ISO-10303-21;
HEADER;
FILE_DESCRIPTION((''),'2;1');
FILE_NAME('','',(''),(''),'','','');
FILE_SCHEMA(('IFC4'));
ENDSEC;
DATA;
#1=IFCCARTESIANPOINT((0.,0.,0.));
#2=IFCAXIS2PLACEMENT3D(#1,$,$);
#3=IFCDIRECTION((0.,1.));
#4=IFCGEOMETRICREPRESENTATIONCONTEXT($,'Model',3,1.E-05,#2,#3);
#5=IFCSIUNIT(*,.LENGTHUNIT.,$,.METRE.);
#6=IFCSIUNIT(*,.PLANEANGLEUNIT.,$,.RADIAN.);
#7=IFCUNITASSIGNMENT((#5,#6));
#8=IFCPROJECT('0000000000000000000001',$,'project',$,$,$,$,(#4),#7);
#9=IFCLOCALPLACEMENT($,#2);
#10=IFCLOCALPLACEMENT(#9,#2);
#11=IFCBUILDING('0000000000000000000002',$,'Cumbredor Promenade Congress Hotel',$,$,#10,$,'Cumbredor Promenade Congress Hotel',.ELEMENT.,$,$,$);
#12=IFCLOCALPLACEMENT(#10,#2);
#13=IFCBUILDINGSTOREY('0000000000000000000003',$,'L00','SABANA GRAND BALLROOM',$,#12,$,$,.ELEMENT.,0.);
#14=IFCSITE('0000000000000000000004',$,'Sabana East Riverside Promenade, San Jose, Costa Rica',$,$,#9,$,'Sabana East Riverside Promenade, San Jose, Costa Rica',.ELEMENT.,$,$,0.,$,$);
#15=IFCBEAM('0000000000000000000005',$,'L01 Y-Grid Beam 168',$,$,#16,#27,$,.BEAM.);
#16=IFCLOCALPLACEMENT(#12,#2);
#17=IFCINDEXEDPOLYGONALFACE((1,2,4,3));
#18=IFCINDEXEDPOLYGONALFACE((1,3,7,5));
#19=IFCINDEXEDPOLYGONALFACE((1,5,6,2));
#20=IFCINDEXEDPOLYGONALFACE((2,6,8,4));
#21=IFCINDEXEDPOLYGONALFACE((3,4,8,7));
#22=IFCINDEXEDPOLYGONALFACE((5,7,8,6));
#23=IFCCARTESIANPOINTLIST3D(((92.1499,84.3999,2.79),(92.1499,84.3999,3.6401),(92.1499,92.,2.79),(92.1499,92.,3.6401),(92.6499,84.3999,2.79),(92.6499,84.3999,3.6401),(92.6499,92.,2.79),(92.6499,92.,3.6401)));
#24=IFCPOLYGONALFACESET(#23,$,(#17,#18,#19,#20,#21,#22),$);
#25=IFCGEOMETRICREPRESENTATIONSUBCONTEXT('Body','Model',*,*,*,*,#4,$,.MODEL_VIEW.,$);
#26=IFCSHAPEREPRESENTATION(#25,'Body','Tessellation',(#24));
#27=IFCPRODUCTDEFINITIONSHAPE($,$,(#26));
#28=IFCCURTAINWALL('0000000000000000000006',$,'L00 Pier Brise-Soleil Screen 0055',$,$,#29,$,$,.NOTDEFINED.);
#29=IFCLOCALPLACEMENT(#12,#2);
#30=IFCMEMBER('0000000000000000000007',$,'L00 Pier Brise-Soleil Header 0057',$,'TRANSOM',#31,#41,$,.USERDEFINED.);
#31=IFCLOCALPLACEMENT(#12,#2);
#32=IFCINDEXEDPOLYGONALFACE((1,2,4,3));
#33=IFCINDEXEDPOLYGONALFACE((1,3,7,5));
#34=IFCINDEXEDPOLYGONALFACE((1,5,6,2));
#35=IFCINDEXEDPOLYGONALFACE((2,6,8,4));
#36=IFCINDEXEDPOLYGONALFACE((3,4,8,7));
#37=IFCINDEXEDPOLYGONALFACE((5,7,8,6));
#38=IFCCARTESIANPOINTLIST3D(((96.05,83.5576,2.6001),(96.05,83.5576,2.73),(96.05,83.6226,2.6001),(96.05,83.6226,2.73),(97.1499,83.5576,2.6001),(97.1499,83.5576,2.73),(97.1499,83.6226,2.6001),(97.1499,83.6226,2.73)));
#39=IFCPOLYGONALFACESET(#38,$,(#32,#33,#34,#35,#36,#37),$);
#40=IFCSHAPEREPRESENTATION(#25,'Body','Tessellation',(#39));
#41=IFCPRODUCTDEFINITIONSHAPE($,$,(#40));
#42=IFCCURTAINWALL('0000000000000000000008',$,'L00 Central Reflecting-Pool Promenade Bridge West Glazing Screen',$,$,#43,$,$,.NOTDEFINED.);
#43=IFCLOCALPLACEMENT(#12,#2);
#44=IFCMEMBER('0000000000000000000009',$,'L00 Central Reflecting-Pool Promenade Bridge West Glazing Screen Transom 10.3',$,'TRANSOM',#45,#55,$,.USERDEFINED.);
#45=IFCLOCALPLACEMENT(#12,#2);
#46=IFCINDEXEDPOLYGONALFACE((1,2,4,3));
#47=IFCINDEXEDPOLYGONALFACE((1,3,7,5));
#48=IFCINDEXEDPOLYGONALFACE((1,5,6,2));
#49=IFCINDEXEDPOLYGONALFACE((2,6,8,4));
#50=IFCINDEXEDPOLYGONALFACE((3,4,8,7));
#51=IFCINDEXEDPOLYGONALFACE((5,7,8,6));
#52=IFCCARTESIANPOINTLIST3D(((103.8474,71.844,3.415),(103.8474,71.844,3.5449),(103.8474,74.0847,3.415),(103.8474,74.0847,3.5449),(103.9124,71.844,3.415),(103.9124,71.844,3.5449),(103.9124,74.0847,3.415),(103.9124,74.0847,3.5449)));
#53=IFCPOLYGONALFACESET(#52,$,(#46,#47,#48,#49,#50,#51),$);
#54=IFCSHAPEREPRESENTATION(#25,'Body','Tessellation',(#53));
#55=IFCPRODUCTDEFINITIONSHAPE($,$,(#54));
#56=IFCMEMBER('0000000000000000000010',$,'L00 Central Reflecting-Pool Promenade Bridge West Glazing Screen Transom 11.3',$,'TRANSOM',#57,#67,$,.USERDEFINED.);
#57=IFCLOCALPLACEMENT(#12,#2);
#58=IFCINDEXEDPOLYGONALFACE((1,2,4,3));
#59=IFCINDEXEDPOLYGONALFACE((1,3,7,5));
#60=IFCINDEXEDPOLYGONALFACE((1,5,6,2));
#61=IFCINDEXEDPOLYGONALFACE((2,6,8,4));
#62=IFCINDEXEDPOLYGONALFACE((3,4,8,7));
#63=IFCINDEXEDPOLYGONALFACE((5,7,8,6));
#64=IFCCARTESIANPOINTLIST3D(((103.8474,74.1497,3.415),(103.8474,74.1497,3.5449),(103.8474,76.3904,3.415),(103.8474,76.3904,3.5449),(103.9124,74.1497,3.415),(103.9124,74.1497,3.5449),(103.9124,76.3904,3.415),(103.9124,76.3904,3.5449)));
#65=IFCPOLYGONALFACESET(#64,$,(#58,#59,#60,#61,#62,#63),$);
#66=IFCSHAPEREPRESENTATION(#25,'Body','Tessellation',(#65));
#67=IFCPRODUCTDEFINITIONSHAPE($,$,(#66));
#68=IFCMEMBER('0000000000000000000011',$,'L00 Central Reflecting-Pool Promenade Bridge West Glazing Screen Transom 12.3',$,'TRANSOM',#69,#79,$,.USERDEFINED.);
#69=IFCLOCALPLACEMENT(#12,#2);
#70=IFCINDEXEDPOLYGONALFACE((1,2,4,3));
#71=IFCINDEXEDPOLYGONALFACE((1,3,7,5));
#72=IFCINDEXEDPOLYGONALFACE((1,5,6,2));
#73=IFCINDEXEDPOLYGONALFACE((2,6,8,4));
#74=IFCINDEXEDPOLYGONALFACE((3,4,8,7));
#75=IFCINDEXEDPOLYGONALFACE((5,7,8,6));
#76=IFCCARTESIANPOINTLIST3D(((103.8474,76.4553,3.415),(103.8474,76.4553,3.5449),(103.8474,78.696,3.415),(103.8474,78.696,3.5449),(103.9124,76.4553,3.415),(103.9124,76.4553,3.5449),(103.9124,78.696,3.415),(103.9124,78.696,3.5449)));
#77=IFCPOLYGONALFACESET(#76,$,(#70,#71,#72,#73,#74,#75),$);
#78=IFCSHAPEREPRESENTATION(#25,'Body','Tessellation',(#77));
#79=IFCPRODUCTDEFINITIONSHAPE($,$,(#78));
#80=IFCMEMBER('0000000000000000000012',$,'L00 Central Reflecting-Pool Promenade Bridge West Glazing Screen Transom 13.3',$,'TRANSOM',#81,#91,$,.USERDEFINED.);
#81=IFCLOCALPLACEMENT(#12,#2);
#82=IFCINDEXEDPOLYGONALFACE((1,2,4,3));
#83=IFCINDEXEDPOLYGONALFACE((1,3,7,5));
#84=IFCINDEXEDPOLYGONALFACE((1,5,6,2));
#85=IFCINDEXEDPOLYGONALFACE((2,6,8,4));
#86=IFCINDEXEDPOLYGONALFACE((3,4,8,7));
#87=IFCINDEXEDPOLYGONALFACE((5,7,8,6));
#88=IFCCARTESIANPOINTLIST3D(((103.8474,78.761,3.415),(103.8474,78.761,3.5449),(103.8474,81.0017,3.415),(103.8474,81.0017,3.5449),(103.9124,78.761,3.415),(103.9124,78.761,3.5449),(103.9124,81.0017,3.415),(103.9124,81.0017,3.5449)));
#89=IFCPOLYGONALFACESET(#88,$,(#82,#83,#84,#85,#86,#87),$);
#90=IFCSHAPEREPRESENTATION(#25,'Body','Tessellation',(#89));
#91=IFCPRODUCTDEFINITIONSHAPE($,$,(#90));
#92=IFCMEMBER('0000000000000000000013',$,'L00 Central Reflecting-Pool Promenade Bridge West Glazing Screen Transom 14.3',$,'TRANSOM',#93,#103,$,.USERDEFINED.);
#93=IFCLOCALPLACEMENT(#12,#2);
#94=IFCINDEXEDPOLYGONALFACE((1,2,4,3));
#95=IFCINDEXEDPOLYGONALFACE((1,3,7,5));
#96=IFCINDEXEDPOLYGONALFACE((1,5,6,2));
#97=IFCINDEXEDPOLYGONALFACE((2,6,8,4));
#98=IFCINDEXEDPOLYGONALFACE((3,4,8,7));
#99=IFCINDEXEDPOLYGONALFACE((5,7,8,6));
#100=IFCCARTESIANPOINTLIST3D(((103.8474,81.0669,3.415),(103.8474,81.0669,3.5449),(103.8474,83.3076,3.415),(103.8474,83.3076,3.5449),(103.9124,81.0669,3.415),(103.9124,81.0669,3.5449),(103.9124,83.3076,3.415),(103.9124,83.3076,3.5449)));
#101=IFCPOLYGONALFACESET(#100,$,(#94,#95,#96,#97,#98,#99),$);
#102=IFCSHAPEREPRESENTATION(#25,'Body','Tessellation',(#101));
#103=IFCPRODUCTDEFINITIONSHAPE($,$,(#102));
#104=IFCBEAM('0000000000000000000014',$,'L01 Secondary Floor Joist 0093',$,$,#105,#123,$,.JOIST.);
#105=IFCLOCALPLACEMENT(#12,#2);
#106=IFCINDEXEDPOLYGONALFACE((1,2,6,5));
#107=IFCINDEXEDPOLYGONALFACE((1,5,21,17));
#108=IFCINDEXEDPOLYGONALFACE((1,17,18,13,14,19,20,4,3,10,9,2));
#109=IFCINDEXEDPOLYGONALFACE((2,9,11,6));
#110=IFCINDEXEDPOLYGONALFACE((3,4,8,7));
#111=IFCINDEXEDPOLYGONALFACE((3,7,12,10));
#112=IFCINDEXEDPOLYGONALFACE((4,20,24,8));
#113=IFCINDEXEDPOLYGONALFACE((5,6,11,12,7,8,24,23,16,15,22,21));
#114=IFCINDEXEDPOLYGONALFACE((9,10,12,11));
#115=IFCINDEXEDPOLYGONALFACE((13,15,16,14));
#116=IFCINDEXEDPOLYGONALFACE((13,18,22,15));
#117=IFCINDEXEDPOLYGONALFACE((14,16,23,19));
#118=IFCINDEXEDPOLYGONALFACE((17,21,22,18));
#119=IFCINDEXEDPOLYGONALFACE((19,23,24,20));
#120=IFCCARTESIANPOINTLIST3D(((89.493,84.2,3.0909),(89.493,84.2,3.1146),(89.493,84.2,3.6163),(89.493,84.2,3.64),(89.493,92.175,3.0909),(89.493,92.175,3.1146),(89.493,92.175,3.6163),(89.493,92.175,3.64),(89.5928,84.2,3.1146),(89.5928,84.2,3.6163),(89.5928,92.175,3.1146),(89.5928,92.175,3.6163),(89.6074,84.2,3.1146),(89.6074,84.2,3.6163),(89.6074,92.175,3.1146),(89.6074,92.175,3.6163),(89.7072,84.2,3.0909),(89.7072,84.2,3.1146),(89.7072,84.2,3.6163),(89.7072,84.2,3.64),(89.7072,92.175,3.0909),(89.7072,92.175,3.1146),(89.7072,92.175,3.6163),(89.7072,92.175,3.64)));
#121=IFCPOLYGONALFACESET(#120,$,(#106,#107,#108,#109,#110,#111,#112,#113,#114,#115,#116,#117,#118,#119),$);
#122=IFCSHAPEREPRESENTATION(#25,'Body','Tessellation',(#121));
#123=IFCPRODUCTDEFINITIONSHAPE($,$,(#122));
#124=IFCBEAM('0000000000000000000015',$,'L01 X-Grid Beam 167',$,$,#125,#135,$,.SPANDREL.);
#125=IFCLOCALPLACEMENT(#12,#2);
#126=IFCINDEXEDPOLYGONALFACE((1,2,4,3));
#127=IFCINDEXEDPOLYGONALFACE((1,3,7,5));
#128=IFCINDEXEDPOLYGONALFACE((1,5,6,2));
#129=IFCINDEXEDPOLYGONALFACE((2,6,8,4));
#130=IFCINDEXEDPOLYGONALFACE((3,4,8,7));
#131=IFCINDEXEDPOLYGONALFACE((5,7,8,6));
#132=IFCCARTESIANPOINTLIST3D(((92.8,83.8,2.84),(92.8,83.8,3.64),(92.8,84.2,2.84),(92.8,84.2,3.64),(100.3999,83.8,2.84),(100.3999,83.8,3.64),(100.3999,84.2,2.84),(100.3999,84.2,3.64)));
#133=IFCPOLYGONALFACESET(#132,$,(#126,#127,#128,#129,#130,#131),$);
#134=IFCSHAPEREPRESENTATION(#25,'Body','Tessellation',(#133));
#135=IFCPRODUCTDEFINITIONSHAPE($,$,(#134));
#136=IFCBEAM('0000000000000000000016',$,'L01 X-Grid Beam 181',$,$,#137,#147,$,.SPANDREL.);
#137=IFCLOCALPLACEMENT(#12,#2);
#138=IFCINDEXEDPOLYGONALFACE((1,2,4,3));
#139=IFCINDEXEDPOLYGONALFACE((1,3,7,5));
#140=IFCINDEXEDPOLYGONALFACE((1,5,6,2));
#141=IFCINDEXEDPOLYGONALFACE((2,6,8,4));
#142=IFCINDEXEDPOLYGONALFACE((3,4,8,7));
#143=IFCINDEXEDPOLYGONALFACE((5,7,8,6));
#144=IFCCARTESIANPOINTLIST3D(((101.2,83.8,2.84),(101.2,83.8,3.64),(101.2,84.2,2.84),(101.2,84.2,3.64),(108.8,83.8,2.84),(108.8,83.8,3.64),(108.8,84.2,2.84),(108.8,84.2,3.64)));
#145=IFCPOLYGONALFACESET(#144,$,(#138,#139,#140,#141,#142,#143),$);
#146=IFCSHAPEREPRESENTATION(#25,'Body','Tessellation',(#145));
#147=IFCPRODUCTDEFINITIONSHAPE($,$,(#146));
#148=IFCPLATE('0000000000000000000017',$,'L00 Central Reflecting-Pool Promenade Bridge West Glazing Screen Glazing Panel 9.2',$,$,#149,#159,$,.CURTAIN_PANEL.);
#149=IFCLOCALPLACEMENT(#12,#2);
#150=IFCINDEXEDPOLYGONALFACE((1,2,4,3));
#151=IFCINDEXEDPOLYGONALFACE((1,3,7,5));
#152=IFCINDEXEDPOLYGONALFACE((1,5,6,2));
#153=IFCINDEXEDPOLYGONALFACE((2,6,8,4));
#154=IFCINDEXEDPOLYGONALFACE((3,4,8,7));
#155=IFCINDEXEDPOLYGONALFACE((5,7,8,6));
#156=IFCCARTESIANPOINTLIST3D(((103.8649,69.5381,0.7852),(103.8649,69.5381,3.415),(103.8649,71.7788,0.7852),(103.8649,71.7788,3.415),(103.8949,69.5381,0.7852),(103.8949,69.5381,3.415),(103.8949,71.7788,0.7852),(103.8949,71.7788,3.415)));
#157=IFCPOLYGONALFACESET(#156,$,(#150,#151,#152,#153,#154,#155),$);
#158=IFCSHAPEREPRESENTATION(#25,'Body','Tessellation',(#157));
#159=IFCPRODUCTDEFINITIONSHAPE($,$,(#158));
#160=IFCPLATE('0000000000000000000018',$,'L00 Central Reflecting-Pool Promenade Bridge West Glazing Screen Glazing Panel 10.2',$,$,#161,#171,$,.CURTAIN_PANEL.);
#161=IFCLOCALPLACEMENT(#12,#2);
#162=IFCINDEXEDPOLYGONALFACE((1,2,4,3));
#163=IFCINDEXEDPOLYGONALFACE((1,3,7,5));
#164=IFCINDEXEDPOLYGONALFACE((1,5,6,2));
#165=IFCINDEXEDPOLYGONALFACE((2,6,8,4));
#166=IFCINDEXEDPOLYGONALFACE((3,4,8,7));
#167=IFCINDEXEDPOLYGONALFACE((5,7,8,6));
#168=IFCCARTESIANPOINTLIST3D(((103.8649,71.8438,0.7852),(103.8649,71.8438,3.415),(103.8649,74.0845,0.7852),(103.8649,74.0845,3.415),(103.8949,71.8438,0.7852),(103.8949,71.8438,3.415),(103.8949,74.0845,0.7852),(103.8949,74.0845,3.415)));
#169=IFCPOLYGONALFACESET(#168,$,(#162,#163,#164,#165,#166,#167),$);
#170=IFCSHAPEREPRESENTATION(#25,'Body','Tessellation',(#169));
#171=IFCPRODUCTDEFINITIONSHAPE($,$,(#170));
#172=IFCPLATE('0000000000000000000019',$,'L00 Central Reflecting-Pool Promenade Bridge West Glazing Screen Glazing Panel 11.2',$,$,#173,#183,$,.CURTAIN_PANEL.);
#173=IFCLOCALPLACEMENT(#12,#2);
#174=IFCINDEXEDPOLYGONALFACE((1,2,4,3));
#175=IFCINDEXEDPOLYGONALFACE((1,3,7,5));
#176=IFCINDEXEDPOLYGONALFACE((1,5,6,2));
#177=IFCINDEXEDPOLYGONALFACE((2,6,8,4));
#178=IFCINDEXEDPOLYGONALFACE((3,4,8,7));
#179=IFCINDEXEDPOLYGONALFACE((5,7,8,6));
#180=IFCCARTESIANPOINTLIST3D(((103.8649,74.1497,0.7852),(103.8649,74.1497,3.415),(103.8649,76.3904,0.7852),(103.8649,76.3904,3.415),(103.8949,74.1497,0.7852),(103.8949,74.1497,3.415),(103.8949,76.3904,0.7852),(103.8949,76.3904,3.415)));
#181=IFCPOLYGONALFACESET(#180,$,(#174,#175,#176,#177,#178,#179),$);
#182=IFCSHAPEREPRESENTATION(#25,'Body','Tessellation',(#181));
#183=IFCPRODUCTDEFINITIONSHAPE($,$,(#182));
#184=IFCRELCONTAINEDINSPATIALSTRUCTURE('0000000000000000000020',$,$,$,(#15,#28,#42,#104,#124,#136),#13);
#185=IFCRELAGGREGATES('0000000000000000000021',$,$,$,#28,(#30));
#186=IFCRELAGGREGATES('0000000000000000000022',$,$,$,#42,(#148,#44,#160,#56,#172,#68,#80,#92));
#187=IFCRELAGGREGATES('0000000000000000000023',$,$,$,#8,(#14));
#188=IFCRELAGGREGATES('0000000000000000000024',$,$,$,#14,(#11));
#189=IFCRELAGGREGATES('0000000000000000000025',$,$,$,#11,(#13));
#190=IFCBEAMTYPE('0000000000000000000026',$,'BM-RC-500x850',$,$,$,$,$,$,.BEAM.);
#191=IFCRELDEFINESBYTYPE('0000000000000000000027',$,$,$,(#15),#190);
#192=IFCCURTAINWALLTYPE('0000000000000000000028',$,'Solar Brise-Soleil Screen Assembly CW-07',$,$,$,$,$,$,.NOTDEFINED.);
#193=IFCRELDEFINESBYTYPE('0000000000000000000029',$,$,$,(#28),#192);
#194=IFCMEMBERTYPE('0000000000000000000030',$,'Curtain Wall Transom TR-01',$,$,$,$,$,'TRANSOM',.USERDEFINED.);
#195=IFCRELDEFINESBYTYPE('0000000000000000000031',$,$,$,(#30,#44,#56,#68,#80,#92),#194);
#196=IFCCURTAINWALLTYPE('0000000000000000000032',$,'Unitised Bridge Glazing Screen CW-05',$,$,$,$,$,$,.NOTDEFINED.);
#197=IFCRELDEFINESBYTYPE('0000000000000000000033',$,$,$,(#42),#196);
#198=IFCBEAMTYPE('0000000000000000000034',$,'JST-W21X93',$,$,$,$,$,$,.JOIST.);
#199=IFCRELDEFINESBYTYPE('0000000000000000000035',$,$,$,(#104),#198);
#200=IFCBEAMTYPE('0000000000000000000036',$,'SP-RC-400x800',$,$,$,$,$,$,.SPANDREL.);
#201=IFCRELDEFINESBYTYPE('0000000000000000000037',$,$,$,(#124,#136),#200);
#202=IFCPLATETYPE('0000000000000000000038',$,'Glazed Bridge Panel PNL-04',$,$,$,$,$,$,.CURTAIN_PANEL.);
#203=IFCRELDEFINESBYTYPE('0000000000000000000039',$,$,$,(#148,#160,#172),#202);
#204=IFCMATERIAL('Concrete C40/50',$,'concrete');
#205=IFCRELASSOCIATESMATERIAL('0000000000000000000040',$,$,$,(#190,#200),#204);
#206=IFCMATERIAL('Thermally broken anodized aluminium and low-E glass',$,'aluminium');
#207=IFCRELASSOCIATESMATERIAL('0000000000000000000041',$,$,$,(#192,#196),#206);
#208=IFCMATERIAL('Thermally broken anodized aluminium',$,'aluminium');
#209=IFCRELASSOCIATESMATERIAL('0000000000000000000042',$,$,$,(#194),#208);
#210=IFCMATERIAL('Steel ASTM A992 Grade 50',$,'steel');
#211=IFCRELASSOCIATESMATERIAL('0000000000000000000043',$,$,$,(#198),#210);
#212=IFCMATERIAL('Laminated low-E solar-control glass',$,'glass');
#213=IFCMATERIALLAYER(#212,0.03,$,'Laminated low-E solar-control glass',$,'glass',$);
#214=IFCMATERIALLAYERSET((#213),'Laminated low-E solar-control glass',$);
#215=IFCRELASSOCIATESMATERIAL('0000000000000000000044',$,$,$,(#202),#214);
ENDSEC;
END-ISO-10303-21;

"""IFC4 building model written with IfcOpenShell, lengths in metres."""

from ifc_helpers import new_model, si_unit, direction, frame, origin, origin_2d, place, context, subcontext, project, spatial, rectangle, i_section, extrude, material, layer, layer_set, material_profile, profile_set, type_object, element, aggregate, save


model = new_model("IFC4")

# Units and contexts
model_context = context("Model", 3, precision=1e-05, world=origin(), true_north=direction((0.0, 1.0)))
body_context = subcontext(model_context, "Body", "Model", "MODEL_VIEW")
ifc_project = project(units=[si_unit("LENGTHUNIT", "METRE"), si_unit("PLANEANGLEUNIT", "RADIAN")], contexts=[model_context])

# Site, building, storey
site_placement = place(None, origin())
site = spatial("IfcSite", under=ifc_project, at=site_placement, Name="Sabana East Riverside Promenade, San Jose, Costa Rica", LongName="Sabana East Riverside Promenade, San Jose, Costa Rica", CompositionType="ELEMENT", RefElevation=0.0)
building_placement = place(site_placement, origin())
building = spatial("IfcBuilding", under=site, at=building_placement, Name="Cumbredor Promenade Congress Hotel", LongName="Cumbredor Promenade Congress Hotel", CompositionType="ELEMENT")
storey_placement = place(building_placement, origin())
storey = spatial("IfcBuildingStorey", under=building, at=storey_placement, Name="L00", Description="SABANA GRAND BALLROOM", CompositionType="ELEMENT", Elevation=0.0)

# Beam
ifc_material_1 = material(Name="Concrete C40/50", Category="concrete")
ifc_material_profile_1 = material_profile(ifc_material_1, rectangle(XDim=0.5, YDim=0.8501, at=origin_2d()), Name="RC BEAM 500x850")
ifc_profile_set_1 = profile_set([ifc_material_profile_1], Name="Concrete C40/50")
beam_type_1 = type_object("IfcBeamType", Name="BM-RC-500x850", PredefinedType="BEAM", material=ifc_profile_set_1)
beam_1_placement = place(storey_placement, frame((92.3999, 84.3999, 3.2151), z_axis=(0.0, 1.0, 0.0), x_axis=(-1.0, 0.0, 0.0)))
element("IfcBeam", 1, at=beam_1_placement, inside=storey, type_object=beam_type_1, Name="L01 Y-Grid Beam 168", PredefinedType="BEAM", context=body_context, shape_type="SweptSolid", body=[
    extrude(rectangle(XDim=0.5, YDim=0.8501, at=origin_2d()), origin(), (0.0, 0.0, 1.0), 7.6001),
])

# Curtain wall, member
ifc_material_2 = material(Name="Thermally broken anodized aluminium and low-E glass", Category="aluminium")
curtain_wall_type_1 = type_object("IfcCurtainWallType", Name="Solar Brise-Soleil Screen Assembly CW-07", PredefinedType="NOTDEFINED", material=ifc_material_2)
curtain_wall_1_placement = place(storey_placement, origin())
curtain_wall_1 = element("IfcCurtainWall", 2, at=curtain_wall_1_placement, inside=storey, type_object=curtain_wall_type_1, Name="L00 Pier Brise-Soleil Screen 0055", PredefinedType="NOTDEFINED")
ifc_material_3 = material(Name="Thermally broken anodized aluminium", Category="aluminium")
ifc_material_profile_2 = material_profile(ifc_material_3, rectangle(XDim=0.0649, YDim=0.1299, at=origin_2d()), Name="ALU TRANSOM 65x130")
ifc_profile_set_2 = profile_set([ifc_material_profile_2], Name="Thermally broken anodized aluminium")
member_type = type_object("IfcMemberType", Name="Curtain Wall Transom TR-01", ElementType="TRANSOM", PredefinedType="USERDEFINED", material=ifc_profile_set_2)
member_1_placement = place(storey_placement, frame((96.05, 83.5901, 2.665), z_axis=(1.0, 0.0, 0.0), x_axis=(0.0, 1.0, 0.0)))
member_1 = element("IfcMember", 3, at=member_1_placement, type_object=member_type, Name="L00 Pier Brise-Soleil Header 0057", ObjectType="TRANSOM", PredefinedType="USERDEFINED", context=body_context, shape_type="SweptSolid", body=[
    extrude(rectangle(XDim=0.0649, YDim=0.1299, at=origin_2d()), origin(), (0.0, 0.0, 1.0), 1.0999),
])
aggregate(curtain_wall_1, [member_1])

# Curtain wall, members
curtain_wall_type_2 = type_object("IfcCurtainWallType", Name="Unitised Bridge Glazing Screen CW-05", PredefinedType="NOTDEFINED", material=ifc_material_2)
curtain_wall_2_placement = place(storey_placement, origin())
curtain_wall_2 = element("IfcCurtainWall", 4, at=curtain_wall_2_placement, inside=storey, type_object=curtain_wall_type_2, Name="L00 Central Reflecting-Pool Promenade Bridge West Glazing Screen", PredefinedType="NOTDEFINED")
member_2_placement = place(storey_placement, frame((103.8799, 71.844, 3.48), z_axis=(0.0, 1.0, 0.0), x_axis=(-1.0, 0.0, 0.0)))
member_2 = element("IfcMember", 5, at=member_2_placement, type_object=member_type, Name="L00 Central Reflecting-Pool Promenade Bridge West Glazing Screen Transom 10.3", ObjectType="TRANSOM", PredefinedType="USERDEFINED", context=body_context, shape_type="SweptSolid", body=[
    extrude(rectangle(XDim=0.0649, YDim=0.1299, at=origin_2d()), origin(), (0.0, 0.0, 1.0), 2.2407),
])
member_3_placement = place(storey_placement, frame((103.8799, 74.1497, 3.48), z_axis=(0.0, 1.0, 0.0), x_axis=(-1.0, 0.0, 0.0)))
member_3 = element("IfcMember", 6, at=member_3_placement, type_object=member_type, Name="L00 Central Reflecting-Pool Promenade Bridge West Glazing Screen Transom 11.3", ObjectType="TRANSOM", PredefinedType="USERDEFINED", context=body_context, shape_type="SweptSolid", body=[
    extrude(rectangle(XDim=0.0649, YDim=0.1299, at=origin_2d()), origin(), (0.0, 0.0, 1.0), 2.2407),
])
member_4_placement = place(storey_placement, frame((103.8799, 76.4553, 3.48), z_axis=(0.0, 1.0, 0.0), x_axis=(-1.0, 0.0, 0.0)))
member_4 = element("IfcMember", 7, at=member_4_placement, type_object=member_type, Name="L00 Central Reflecting-Pool Promenade Bridge West Glazing Screen Transom 12.3", ObjectType="TRANSOM", PredefinedType="USERDEFINED", context=body_context, shape_type="SweptSolid", body=[
    extrude(rectangle(XDim=0.0649, YDim=0.1299, at=origin_2d()), origin(), (0.0, 0.0, 1.0), 2.2407),
])
member_5_placement = place(storey_placement, frame((103.8799, 78.761, 3.48), z_axis=(0.0, 1.0, 0.0), x_axis=(-1.0, 0.0, 0.0)))
member_5 = element("IfcMember", 8, at=member_5_placement, type_object=member_type, Name="L00 Central Reflecting-Pool Promenade Bridge West Glazing Screen Transom 13.3", ObjectType="TRANSOM", PredefinedType="USERDEFINED", context=body_context, shape_type="SweptSolid", body=[
    extrude(rectangle(XDim=0.0649, YDim=0.1299, at=origin_2d()), origin(), (0.0, 0.0, 1.0), 2.2407),
])
member_6_placement = place(storey_placement, frame((103.8799, 81.0669, 3.48), z_axis=(0.0, 1.0, 0.0), x_axis=(-1.0, 0.0, 0.0)))
member_6 = element("IfcMember", 9, at=member_6_placement, type_object=member_type, Name="L00 Central Reflecting-Pool Promenade Bridge West Glazing Screen Transom 14.3", ObjectType="TRANSOM", PredefinedType="USERDEFINED", context=body_context, shape_type="SweptSolid", body=[
    extrude(rectangle(XDim=0.0649, YDim=0.1299, at=origin_2d()), origin(), (0.0, 0.0, 1.0), 2.2407),
])

# Beams
ifc_material_4 = material(Name="Steel ASTM A992 Grade 50", Category="steel")
ifc_material_profile_3 = material_profile(ifc_material_4, i_section(OverallWidth=0.2141, OverallDepth=0.5491, WebThickness=0.0146, FlangeThickness=0.0237, at=origin_2d()), Name="W21X93")
ifc_profile_set_3 = profile_set([ifc_material_profile_3], Name="Steel ASTM A992 Grade 50")
beam_type_2 = type_object("IfcBeamType", Name="JST-W21X93", PredefinedType="JOIST", material=ifc_profile_set_3)
beam_2_placement = place(storey_placement, frame((89.6001, 84.2, 3.3655), z_axis=(0.0, 1.0, 0.0), x_axis=(-1.0, 0.0, 0.0)))
element("IfcBeam", 10, at=beam_2_placement, inside=storey, type_object=beam_type_2, Name="L01 Secondary Floor Joist 0093", PredefinedType="JOIST", context=body_context, shape_type="SweptSolid", body=[
    extrude(i_section(OverallWidth=0.2141, OverallDepth=0.5491, WebThickness=0.0146, FlangeThickness=0.0237, at=origin_2d()), origin(), (0.0, 0.0, 1.0), 7.9751),
])
ifc_material_profile_4 = material_profile(ifc_material_1, rectangle(XDim=0.3999, YDim=0.8, at=origin_2d()), Name="RC SPANDREL 400x800")
ifc_profile_set_4 = profile_set([ifc_material_profile_4], Name="Concrete C40/50")
beam_type_3 = type_object("IfcBeamType", Name="SP-RC-400x800", PredefinedType="SPANDREL", material=ifc_profile_set_4)
beam_3_placement = place(storey_placement, frame((92.8, 84.0, 3.24), z_axis=(1.0, 0.0, 0.0), x_axis=(0.0, 1.0, 0.0)))
element("IfcBeam", 11, at=beam_3_placement, inside=storey, type_object=beam_type_3, Name="L01 X-Grid Beam 167", PredefinedType="SPANDREL", context=body_context, shape_type="SweptSolid", body=[
    extrude(rectangle(XDim=0.3999, YDim=0.8, at=origin_2d()), origin(), (0.0, 0.0, 1.0), 7.5999),
])
beam_4_placement = place(storey_placement, frame((101.2, 84.0, 3.24), z_axis=(1.0, 0.0, 0.0), x_axis=(0.0, 1.0, 0.0)))
element("IfcBeam", 12, at=beam_4_placement, inside=storey, type_object=beam_type_3, Name="L01 X-Grid Beam 181", PredefinedType="SPANDREL", context=body_context, shape_type="SweptSolid", body=[
    extrude(rectangle(XDim=0.3999, YDim=0.8, at=origin_2d()), origin(), (0.0, 0.0, 1.0), 7.6001),
])

# Plates
ifc_material_5 = material(Name="Laminated low-E solar-control glass", Category="glass")
ifc_layer_1 = layer(ifc_material_5, 0.03, Name="Laminated low-E solar-control glass", Category="glass")
ifc_layer_set_1 = layer_set([ifc_layer_1], Name="Laminated low-E solar-control glass")
plate_type_1 = type_object("IfcPlateType", Name="Glazed Bridge Panel PNL-04", PredefinedType="CURTAIN_PANEL", material=ifc_layer_set_1)
plate_1_placement = place(storey_placement, frame((103.8799, 70.6584, 0.7852), z_axis=(0.0, 0.0, 1.0), x_axis=(0.0, 1.0, 0.0)))
plate_1 = element("IfcPlate", 13, at=plate_1_placement, type_object=plate_type_1, Name="L00 Central Reflecting-Pool Promenade Bridge West Glazing Screen Glazing Panel 9.2", PredefinedType="CURTAIN_PANEL", context=body_context, shape_type="SweptSolid", body=[
    extrude(rectangle(XDim=2.2407, YDim=0.03, at=origin_2d()), origin(), (0.0, 0.0, 1.0), 2.6299),
])
plate_2_placement = place(storey_placement, frame((103.8799, 72.9641, 0.7852), z_axis=(0.0, 0.0, 1.0), x_axis=(0.0, 1.0, 0.0)))
plate_2 = element("IfcPlate", 14, at=plate_2_placement, type_object=plate_type_1, Name="L00 Central Reflecting-Pool Promenade Bridge West Glazing Screen Glazing Panel 10.2", PredefinedType="CURTAIN_PANEL", context=body_context, shape_type="SweptSolid", body=[
    extrude(rectangle(XDim=2.2407, YDim=0.03, at=origin_2d()), origin(), (0.0, 0.0, 1.0), 2.6299),
])
plate_3_placement = place(storey_placement, frame((103.8799, 75.27, 0.7852), z_axis=(0.0, 0.0, 1.0), x_axis=(0.0, 1.0, 0.0)))
plate_3 = element("IfcPlate", 15, at=plate_3_placement, type_object=plate_type_1, Name="L00 Central Reflecting-Pool Promenade Bridge West Glazing Screen Glazing Panel 11.2", PredefinedType="CURTAIN_PANEL", context=body_context, shape_type="SweptSolid", body=[
    extrude(rectangle(XDim=2.2407, YDim=0.03, at=origin_2d()), origin(), (0.0, 0.0, 1.0), 2.6299),
])
aggregate(curtain_wall_2, [plate_1, member_2, plate_2, member_3, plate_3, member_4, member_5, member_6])

save(model, "model.ifc")
